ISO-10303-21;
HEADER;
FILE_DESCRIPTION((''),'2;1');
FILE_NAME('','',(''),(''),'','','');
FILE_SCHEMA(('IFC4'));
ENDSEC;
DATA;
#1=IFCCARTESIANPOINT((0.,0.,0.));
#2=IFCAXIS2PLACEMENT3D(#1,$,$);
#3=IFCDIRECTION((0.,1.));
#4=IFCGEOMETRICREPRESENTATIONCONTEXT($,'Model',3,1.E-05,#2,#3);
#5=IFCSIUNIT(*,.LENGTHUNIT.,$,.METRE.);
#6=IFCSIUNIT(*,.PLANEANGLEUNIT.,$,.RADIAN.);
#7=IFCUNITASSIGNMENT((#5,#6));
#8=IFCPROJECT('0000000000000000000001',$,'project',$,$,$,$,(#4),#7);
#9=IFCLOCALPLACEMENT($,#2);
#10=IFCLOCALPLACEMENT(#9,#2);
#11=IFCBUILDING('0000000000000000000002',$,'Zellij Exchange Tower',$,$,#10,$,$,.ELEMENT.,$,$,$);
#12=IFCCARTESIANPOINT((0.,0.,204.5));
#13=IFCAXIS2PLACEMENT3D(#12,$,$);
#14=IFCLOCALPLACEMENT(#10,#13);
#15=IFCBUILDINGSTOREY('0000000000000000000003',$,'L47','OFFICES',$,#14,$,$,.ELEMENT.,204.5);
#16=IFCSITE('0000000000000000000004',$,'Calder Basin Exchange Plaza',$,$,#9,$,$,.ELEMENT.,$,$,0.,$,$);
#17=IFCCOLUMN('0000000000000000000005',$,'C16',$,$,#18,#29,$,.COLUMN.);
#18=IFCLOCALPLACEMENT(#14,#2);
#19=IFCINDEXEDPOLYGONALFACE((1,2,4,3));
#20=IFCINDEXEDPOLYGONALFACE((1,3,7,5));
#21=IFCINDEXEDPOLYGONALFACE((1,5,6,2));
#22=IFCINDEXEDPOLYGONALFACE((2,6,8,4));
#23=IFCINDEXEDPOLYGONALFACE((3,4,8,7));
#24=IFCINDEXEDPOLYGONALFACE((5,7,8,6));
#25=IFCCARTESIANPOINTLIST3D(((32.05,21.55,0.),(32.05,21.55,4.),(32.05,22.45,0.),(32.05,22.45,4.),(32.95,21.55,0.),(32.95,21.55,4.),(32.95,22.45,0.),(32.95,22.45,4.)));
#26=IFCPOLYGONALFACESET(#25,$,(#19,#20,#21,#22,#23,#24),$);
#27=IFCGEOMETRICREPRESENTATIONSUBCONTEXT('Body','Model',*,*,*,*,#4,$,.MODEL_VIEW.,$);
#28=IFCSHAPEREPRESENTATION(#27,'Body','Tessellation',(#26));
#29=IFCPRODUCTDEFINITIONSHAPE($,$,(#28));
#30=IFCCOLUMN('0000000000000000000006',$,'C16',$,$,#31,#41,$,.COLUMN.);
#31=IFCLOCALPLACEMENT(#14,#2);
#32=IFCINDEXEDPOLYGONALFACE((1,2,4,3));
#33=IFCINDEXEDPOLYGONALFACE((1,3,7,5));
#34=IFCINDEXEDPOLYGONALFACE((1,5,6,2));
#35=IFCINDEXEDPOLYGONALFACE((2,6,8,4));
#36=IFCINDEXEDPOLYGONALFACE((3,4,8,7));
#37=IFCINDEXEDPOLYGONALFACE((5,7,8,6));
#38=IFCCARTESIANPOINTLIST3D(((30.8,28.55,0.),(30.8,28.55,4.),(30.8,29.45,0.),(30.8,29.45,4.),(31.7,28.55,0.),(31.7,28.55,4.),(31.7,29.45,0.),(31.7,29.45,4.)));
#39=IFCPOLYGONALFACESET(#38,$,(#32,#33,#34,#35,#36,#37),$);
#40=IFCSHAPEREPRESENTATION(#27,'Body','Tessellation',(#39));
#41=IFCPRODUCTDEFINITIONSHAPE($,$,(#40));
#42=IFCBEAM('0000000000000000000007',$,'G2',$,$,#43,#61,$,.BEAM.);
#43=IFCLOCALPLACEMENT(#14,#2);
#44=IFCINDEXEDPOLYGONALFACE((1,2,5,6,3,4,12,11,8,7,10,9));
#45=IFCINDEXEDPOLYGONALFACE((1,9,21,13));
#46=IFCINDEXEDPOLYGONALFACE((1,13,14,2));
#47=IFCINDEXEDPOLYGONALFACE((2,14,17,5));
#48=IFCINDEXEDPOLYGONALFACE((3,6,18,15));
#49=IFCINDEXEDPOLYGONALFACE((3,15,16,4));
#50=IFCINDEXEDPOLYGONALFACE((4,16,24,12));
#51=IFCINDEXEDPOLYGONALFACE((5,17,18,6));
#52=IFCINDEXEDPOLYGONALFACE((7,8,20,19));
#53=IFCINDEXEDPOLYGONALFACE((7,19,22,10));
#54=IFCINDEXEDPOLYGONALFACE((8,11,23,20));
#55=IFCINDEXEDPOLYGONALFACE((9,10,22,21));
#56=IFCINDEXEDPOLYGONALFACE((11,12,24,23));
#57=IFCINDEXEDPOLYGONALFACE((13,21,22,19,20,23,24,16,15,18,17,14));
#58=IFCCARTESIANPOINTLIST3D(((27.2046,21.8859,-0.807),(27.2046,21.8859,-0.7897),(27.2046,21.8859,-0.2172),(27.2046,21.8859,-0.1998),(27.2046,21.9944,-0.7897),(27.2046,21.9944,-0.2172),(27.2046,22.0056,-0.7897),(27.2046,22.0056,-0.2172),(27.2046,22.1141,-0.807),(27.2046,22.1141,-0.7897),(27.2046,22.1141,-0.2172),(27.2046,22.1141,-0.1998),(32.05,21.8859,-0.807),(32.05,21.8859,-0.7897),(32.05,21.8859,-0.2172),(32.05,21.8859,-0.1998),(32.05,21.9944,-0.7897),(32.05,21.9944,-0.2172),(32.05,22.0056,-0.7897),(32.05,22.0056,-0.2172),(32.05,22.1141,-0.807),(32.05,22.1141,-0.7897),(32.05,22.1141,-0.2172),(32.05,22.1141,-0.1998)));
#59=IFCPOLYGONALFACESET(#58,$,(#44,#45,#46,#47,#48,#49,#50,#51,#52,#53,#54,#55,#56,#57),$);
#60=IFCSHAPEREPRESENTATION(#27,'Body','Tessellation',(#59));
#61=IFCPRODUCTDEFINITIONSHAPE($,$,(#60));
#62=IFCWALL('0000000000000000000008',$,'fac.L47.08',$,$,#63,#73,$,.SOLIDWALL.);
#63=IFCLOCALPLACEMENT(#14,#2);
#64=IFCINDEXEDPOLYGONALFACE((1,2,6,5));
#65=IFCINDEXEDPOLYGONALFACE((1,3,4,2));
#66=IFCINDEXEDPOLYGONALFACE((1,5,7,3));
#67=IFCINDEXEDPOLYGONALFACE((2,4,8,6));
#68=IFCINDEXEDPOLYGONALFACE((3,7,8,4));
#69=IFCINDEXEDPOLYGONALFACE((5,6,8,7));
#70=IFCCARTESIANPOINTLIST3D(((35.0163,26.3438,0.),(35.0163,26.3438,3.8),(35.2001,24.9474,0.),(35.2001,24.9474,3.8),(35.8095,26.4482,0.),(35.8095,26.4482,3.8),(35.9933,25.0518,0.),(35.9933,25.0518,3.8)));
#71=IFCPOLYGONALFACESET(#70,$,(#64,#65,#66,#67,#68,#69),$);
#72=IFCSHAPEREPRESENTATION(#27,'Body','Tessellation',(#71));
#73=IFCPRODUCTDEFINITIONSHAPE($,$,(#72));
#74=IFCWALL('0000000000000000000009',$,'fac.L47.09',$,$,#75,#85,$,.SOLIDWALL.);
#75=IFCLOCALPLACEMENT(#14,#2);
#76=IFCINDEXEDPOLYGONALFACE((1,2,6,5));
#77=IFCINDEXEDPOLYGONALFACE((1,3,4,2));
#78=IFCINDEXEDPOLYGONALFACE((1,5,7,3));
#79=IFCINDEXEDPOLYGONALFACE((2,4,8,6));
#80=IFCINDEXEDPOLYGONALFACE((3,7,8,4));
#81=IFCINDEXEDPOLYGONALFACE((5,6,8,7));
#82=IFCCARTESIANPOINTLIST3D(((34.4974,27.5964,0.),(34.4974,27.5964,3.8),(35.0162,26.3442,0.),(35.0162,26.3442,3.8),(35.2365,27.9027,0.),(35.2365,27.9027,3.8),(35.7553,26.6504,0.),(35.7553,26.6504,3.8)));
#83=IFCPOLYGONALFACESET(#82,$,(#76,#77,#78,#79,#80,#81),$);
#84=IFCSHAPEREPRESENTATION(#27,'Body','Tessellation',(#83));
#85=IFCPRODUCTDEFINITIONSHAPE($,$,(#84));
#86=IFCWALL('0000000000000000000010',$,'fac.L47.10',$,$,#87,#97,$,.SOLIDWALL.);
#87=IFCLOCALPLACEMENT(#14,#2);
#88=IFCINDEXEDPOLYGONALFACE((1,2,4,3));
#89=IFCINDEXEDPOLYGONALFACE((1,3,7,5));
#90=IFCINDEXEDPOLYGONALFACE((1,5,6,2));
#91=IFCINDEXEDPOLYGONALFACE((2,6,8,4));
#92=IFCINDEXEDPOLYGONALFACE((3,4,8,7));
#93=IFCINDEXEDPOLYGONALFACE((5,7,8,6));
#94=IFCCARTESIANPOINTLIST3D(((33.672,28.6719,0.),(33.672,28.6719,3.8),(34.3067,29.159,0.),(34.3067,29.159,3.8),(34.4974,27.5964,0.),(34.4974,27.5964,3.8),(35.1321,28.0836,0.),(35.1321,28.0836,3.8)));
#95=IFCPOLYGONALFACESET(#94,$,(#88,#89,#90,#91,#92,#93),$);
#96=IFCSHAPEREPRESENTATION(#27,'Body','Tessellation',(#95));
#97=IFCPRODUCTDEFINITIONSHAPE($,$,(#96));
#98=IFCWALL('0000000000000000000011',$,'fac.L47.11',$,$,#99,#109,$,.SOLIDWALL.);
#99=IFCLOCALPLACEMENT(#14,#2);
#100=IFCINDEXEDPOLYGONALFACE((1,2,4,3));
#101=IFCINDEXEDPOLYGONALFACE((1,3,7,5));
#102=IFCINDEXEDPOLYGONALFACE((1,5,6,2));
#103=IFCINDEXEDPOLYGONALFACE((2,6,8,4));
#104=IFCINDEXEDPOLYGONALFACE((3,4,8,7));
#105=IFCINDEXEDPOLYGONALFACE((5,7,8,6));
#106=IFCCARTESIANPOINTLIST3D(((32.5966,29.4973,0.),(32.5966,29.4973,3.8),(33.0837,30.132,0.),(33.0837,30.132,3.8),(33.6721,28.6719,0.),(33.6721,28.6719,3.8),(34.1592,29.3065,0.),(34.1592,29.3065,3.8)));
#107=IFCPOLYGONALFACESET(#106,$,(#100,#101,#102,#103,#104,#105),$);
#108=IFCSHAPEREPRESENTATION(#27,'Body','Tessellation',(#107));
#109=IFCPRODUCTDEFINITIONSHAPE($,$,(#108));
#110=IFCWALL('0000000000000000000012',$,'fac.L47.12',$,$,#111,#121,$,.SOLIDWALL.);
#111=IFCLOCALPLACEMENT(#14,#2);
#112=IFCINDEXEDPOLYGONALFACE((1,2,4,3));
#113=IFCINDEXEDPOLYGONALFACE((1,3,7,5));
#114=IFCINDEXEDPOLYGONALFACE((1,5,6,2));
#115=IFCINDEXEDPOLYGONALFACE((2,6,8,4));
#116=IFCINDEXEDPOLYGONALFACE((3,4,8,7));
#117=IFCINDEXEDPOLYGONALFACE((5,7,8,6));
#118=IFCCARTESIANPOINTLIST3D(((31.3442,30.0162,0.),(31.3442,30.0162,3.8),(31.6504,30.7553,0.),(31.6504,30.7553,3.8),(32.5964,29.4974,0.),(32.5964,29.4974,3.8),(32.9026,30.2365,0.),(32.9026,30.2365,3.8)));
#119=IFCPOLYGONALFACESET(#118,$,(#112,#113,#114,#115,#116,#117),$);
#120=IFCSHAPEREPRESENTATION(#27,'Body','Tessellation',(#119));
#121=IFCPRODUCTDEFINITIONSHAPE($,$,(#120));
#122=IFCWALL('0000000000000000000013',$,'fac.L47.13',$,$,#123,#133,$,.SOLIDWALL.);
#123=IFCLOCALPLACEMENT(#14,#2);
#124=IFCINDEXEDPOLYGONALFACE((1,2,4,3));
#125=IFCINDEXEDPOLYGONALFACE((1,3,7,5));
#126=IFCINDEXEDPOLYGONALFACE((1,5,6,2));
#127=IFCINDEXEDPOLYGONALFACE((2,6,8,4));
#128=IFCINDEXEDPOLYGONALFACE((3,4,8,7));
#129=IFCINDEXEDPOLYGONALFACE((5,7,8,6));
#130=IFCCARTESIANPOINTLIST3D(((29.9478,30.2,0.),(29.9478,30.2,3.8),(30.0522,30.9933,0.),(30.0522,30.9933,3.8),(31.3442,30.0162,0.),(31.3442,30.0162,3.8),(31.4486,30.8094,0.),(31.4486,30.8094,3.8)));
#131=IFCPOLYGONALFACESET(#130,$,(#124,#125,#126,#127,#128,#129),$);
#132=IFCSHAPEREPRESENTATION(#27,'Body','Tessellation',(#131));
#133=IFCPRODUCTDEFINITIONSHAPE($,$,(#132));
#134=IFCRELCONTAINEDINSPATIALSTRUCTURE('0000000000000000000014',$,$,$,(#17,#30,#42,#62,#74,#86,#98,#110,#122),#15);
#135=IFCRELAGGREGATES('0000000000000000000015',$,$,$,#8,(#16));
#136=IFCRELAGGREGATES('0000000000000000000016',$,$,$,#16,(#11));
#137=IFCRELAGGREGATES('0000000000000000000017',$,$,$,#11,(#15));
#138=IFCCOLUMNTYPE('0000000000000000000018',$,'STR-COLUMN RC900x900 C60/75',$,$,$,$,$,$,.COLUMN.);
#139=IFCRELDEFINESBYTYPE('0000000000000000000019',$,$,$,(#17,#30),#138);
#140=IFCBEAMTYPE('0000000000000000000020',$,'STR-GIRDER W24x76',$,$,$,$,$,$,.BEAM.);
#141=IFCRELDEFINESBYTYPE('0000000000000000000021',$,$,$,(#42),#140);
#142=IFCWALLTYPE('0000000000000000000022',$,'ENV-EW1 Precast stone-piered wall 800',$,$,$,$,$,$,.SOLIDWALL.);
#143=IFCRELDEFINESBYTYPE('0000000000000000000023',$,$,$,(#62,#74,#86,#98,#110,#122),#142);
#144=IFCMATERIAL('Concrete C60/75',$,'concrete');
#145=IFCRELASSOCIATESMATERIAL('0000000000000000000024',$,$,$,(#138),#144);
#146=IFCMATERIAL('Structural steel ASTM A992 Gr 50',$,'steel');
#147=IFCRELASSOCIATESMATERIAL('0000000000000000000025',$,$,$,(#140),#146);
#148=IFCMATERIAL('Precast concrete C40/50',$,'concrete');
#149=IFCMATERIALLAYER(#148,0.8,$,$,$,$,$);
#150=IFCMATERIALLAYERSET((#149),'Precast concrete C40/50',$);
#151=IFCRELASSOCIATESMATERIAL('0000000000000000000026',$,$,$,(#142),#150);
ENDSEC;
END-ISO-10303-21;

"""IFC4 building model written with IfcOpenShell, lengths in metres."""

from ifc_helpers import new_model, si_unit, direction, frame, frame_2d, origin, origin_2d, place, context, subcontext, project, spatial, rectangle, i_section, extrude, material, layer, layer_set, material_profile, profile_set, type_object, element, save


model = new_model("IFC4")

# Units and contexts
model_context = context("Model", 3, precision=1e-05, world=origin(), true_north=direction((0.0, 1.0)))
body_context = subcontext(model_context, "Body", "Model", "MODEL_VIEW")
ifc_project = project(units=[si_unit("LENGTHUNIT", "METRE"), si_unit("PLANEANGLEUNIT", "RADIAN")], contexts=[model_context])

# Site, building, storey
site_placement = place(None, origin())
site = spatial("IfcSite", under=ifc_project, at=site_placement, Name="Calder Basin Exchange Plaza", CompositionType="ELEMENT", RefElevation=0.0)
building_placement = place(site_placement, origin())
building = spatial("IfcBuilding", under=site, at=building_placement, Name="Zellij Exchange Tower", CompositionType="ELEMENT")
storey_placement = place(building_placement, frame((0.0, 0.0, 204.5)))
storey = spatial("IfcBuildingStorey", under=building, at=storey_placement, Name="L47", Description="OFFICES", CompositionType="ELEMENT", Elevation=204.5)

# Columns
ifc_material_1 = material(Name="Concrete C60/75", Category="concrete")
ifc_material_profile_1 = material_profile(ifc_material_1, rectangle(XDim=0.8999, YDim=0.8999, at=origin_2d()), Name="STR-COLUMN RC900x900 C60/75")
ifc_profile_set_1 = profile_set([ifc_material_profile_1], Name="Concrete C60/75")
column_type = type_object("IfcColumnType", Name="STR-COLUMN RC900x900 C60/75", PredefinedType="COLUMN", material=ifc_profile_set_1)
for number, where, z_axis, x_axis, name in (
    (1, (32.5, 22.0, 0.0), (0.0, 0.0, 1.0), (1.0, 0.0, 0.0), "C16"),
    (2, (31.25, 29.0, 0.0), (0.0, 0.0, 1.0), (1.0, 0.0, 0.0), "C16"),
):
    element("IfcColumn", number, at=place(storey_placement, frame(where, z_axis=z_axis, x_axis=x_axis)), inside=storey, type_object=column_type, Name=name, PredefinedType="COLUMN", context=body_context, shape_type="SweptSolid", body=[
        extrude(rectangle(XDim=0.8999, YDim=0.8999, at=origin_2d()), origin(), (0.0, 0.0, 1.0), 4.0),
    ])

# Beam
ifc_material_2 = material(Name="Structural steel ASTM A992 Gr 50", Category="steel")
ifc_material_profile_2 = material_profile(ifc_material_2, i_section(OverallWidth=0.2283, OverallDepth=0.6072, WebThickness=0.0112, FlangeThickness=0.0173, at=origin_2d()), Name="W24x76")
ifc_profile_set_2 = profile_set([ifc_material_profile_2], Name="Structural steel ASTM A992 Gr 50")
beam_type = type_object("IfcBeamType", Name="STR-GIRDER W24x76", PredefinedType="BEAM", material=ifc_profile_set_2)
beam_placement = place(storey_placement, frame((27.2046, 22.0, -0.5034), z_axis=(1.0, 0.0, 0.0), x_axis=(0.0, 1.0, 0.0)))
element("IfcBeam", 3, at=beam_placement, inside=storey, type_object=beam_type, Name="G2", PredefinedType="BEAM", context=body_context, shape_type="SweptSolid", body=[
    extrude(i_section(OverallWidth=0.2283, OverallDepth=0.6072, WebThickness=0.0112, FlangeThickness=0.0173, at=origin_2d()), origin(), (0.0, 0.0, 1.0), 4.8455),
])

# Walls
ifc_material_3 = material(Name="Precast concrete C40/50", Category="concrete")
ifc_layer_1 = layer(ifc_material_3, 0.8)
ifc_layer_set_1 = layer_set([ifc_layer_1], Name="Precast concrete C40/50")
wall_type = type_object("IfcWallType", Name="ENV-EW1 Precast stone-piered wall 800", PredefinedType="SOLIDWALL", material=ifc_layer_set_1)
wall_1_placement = place(storey_placement, frame((35.5967, 24.9998, 0.0), z_axis=(0.0, 0.0, 1.0), x_axis=(-0.130517, 0.991446, 0.0)))
element("IfcWall", 4, at=wall_1_placement, inside=storey, type_object=wall_type, Name="fac.L47.08", PredefinedType="SOLIDWALL", context=body_context, shape_type="SweptSolid", body=[
    extrude(rectangle(XDim=1.4084, YDim=0.8, at=frame_2d((0.7041, 0.0))), origin(), (0.0, 0.0, 1.0), 3.8),
])
wall_2_placement = place(storey_placement, frame((35.3857, 26.4973, 0.0), z_axis=(0.0, 0.0, 1.0), x_axis=(-0.38276, 0.923848, 0.0)))
element("IfcWall", 5, at=wall_2_placement, inside=storey, type_object=wall_type, Name="fac.L47.09", PredefinedType="SOLIDWALL", context=body_context, shape_type="SweptSolid", body=[
    extrude(rectangle(XDim=1.3555, YDim=0.8, at=frame_2d((0.6777, 0.0))), origin(), (0.0, 0.0, 1.0), 3.8),
])
for number, where, z_axis, x_axis, name in (
    (6, (34.8147, 27.8401, 0.0), (0.0, 0.0, 1.0), (-0.608866, 0.793273, 0.0), "fac.L47.10"),
    (7, (33.9155, 28.9893, 0.0), (0.0, 0.0, 1.0), (-0.793273, 0.608866, 0.0), "fac.L47.11"),
):
    element("IfcWall", number, at=place(storey_placement, frame(where, z_axis=z_axis, x_axis=x_axis)), inside=storey, type_object=wall_type, Name=name, PredefinedType="SOLIDWALL", context=body_context, shape_type="SweptSolid", body=[
        extrude(rectangle(XDim=1.3557, YDim=0.8, at=frame_2d((0.6777, 0.0))), origin(), (0.0, 0.0, 1.0), 3.8),
    ])
wall_3_placement = place(storey_placement, frame((32.7495, 29.8669, 0.0), z_axis=(0.0, 0.0, 1.0), x_axis=(-0.923848, 0.38276, 0.0)))
element("IfcWall", 8, at=wall_3_placement, inside=storey, type_object=wall_type, Name="fac.L47.12", PredefinedType="SOLIDWALL", context=body_context, shape_type="SweptSolid", body=[
    extrude(rectangle(XDim=1.3555, YDim=0.8, at=frame_2d((0.6777, 0.0))), origin(), (0.0, 0.0, 1.0), 3.8),
])
wall_4_placement = place(storey_placement, frame((31.3962, 30.4128, 0.0), z_axis=(0.0, 0.0, 1.0), x_axis=(-0.991446, 0.130517, 0.0)))
element("IfcWall", 9, at=wall_4_placement, inside=storey, type_object=wall_type, Name="fac.L47.13", PredefinedType="SOLIDWALL", context=body_context, shape_type="SweptSolid", body=[
    extrude(rectangle(XDim=1.4084, YDim=0.8, at=frame_2d((0.7041, 0.0))), origin(), (0.0, 0.0, 1.0), 3.8),
])

save(model, "model.ifc")
